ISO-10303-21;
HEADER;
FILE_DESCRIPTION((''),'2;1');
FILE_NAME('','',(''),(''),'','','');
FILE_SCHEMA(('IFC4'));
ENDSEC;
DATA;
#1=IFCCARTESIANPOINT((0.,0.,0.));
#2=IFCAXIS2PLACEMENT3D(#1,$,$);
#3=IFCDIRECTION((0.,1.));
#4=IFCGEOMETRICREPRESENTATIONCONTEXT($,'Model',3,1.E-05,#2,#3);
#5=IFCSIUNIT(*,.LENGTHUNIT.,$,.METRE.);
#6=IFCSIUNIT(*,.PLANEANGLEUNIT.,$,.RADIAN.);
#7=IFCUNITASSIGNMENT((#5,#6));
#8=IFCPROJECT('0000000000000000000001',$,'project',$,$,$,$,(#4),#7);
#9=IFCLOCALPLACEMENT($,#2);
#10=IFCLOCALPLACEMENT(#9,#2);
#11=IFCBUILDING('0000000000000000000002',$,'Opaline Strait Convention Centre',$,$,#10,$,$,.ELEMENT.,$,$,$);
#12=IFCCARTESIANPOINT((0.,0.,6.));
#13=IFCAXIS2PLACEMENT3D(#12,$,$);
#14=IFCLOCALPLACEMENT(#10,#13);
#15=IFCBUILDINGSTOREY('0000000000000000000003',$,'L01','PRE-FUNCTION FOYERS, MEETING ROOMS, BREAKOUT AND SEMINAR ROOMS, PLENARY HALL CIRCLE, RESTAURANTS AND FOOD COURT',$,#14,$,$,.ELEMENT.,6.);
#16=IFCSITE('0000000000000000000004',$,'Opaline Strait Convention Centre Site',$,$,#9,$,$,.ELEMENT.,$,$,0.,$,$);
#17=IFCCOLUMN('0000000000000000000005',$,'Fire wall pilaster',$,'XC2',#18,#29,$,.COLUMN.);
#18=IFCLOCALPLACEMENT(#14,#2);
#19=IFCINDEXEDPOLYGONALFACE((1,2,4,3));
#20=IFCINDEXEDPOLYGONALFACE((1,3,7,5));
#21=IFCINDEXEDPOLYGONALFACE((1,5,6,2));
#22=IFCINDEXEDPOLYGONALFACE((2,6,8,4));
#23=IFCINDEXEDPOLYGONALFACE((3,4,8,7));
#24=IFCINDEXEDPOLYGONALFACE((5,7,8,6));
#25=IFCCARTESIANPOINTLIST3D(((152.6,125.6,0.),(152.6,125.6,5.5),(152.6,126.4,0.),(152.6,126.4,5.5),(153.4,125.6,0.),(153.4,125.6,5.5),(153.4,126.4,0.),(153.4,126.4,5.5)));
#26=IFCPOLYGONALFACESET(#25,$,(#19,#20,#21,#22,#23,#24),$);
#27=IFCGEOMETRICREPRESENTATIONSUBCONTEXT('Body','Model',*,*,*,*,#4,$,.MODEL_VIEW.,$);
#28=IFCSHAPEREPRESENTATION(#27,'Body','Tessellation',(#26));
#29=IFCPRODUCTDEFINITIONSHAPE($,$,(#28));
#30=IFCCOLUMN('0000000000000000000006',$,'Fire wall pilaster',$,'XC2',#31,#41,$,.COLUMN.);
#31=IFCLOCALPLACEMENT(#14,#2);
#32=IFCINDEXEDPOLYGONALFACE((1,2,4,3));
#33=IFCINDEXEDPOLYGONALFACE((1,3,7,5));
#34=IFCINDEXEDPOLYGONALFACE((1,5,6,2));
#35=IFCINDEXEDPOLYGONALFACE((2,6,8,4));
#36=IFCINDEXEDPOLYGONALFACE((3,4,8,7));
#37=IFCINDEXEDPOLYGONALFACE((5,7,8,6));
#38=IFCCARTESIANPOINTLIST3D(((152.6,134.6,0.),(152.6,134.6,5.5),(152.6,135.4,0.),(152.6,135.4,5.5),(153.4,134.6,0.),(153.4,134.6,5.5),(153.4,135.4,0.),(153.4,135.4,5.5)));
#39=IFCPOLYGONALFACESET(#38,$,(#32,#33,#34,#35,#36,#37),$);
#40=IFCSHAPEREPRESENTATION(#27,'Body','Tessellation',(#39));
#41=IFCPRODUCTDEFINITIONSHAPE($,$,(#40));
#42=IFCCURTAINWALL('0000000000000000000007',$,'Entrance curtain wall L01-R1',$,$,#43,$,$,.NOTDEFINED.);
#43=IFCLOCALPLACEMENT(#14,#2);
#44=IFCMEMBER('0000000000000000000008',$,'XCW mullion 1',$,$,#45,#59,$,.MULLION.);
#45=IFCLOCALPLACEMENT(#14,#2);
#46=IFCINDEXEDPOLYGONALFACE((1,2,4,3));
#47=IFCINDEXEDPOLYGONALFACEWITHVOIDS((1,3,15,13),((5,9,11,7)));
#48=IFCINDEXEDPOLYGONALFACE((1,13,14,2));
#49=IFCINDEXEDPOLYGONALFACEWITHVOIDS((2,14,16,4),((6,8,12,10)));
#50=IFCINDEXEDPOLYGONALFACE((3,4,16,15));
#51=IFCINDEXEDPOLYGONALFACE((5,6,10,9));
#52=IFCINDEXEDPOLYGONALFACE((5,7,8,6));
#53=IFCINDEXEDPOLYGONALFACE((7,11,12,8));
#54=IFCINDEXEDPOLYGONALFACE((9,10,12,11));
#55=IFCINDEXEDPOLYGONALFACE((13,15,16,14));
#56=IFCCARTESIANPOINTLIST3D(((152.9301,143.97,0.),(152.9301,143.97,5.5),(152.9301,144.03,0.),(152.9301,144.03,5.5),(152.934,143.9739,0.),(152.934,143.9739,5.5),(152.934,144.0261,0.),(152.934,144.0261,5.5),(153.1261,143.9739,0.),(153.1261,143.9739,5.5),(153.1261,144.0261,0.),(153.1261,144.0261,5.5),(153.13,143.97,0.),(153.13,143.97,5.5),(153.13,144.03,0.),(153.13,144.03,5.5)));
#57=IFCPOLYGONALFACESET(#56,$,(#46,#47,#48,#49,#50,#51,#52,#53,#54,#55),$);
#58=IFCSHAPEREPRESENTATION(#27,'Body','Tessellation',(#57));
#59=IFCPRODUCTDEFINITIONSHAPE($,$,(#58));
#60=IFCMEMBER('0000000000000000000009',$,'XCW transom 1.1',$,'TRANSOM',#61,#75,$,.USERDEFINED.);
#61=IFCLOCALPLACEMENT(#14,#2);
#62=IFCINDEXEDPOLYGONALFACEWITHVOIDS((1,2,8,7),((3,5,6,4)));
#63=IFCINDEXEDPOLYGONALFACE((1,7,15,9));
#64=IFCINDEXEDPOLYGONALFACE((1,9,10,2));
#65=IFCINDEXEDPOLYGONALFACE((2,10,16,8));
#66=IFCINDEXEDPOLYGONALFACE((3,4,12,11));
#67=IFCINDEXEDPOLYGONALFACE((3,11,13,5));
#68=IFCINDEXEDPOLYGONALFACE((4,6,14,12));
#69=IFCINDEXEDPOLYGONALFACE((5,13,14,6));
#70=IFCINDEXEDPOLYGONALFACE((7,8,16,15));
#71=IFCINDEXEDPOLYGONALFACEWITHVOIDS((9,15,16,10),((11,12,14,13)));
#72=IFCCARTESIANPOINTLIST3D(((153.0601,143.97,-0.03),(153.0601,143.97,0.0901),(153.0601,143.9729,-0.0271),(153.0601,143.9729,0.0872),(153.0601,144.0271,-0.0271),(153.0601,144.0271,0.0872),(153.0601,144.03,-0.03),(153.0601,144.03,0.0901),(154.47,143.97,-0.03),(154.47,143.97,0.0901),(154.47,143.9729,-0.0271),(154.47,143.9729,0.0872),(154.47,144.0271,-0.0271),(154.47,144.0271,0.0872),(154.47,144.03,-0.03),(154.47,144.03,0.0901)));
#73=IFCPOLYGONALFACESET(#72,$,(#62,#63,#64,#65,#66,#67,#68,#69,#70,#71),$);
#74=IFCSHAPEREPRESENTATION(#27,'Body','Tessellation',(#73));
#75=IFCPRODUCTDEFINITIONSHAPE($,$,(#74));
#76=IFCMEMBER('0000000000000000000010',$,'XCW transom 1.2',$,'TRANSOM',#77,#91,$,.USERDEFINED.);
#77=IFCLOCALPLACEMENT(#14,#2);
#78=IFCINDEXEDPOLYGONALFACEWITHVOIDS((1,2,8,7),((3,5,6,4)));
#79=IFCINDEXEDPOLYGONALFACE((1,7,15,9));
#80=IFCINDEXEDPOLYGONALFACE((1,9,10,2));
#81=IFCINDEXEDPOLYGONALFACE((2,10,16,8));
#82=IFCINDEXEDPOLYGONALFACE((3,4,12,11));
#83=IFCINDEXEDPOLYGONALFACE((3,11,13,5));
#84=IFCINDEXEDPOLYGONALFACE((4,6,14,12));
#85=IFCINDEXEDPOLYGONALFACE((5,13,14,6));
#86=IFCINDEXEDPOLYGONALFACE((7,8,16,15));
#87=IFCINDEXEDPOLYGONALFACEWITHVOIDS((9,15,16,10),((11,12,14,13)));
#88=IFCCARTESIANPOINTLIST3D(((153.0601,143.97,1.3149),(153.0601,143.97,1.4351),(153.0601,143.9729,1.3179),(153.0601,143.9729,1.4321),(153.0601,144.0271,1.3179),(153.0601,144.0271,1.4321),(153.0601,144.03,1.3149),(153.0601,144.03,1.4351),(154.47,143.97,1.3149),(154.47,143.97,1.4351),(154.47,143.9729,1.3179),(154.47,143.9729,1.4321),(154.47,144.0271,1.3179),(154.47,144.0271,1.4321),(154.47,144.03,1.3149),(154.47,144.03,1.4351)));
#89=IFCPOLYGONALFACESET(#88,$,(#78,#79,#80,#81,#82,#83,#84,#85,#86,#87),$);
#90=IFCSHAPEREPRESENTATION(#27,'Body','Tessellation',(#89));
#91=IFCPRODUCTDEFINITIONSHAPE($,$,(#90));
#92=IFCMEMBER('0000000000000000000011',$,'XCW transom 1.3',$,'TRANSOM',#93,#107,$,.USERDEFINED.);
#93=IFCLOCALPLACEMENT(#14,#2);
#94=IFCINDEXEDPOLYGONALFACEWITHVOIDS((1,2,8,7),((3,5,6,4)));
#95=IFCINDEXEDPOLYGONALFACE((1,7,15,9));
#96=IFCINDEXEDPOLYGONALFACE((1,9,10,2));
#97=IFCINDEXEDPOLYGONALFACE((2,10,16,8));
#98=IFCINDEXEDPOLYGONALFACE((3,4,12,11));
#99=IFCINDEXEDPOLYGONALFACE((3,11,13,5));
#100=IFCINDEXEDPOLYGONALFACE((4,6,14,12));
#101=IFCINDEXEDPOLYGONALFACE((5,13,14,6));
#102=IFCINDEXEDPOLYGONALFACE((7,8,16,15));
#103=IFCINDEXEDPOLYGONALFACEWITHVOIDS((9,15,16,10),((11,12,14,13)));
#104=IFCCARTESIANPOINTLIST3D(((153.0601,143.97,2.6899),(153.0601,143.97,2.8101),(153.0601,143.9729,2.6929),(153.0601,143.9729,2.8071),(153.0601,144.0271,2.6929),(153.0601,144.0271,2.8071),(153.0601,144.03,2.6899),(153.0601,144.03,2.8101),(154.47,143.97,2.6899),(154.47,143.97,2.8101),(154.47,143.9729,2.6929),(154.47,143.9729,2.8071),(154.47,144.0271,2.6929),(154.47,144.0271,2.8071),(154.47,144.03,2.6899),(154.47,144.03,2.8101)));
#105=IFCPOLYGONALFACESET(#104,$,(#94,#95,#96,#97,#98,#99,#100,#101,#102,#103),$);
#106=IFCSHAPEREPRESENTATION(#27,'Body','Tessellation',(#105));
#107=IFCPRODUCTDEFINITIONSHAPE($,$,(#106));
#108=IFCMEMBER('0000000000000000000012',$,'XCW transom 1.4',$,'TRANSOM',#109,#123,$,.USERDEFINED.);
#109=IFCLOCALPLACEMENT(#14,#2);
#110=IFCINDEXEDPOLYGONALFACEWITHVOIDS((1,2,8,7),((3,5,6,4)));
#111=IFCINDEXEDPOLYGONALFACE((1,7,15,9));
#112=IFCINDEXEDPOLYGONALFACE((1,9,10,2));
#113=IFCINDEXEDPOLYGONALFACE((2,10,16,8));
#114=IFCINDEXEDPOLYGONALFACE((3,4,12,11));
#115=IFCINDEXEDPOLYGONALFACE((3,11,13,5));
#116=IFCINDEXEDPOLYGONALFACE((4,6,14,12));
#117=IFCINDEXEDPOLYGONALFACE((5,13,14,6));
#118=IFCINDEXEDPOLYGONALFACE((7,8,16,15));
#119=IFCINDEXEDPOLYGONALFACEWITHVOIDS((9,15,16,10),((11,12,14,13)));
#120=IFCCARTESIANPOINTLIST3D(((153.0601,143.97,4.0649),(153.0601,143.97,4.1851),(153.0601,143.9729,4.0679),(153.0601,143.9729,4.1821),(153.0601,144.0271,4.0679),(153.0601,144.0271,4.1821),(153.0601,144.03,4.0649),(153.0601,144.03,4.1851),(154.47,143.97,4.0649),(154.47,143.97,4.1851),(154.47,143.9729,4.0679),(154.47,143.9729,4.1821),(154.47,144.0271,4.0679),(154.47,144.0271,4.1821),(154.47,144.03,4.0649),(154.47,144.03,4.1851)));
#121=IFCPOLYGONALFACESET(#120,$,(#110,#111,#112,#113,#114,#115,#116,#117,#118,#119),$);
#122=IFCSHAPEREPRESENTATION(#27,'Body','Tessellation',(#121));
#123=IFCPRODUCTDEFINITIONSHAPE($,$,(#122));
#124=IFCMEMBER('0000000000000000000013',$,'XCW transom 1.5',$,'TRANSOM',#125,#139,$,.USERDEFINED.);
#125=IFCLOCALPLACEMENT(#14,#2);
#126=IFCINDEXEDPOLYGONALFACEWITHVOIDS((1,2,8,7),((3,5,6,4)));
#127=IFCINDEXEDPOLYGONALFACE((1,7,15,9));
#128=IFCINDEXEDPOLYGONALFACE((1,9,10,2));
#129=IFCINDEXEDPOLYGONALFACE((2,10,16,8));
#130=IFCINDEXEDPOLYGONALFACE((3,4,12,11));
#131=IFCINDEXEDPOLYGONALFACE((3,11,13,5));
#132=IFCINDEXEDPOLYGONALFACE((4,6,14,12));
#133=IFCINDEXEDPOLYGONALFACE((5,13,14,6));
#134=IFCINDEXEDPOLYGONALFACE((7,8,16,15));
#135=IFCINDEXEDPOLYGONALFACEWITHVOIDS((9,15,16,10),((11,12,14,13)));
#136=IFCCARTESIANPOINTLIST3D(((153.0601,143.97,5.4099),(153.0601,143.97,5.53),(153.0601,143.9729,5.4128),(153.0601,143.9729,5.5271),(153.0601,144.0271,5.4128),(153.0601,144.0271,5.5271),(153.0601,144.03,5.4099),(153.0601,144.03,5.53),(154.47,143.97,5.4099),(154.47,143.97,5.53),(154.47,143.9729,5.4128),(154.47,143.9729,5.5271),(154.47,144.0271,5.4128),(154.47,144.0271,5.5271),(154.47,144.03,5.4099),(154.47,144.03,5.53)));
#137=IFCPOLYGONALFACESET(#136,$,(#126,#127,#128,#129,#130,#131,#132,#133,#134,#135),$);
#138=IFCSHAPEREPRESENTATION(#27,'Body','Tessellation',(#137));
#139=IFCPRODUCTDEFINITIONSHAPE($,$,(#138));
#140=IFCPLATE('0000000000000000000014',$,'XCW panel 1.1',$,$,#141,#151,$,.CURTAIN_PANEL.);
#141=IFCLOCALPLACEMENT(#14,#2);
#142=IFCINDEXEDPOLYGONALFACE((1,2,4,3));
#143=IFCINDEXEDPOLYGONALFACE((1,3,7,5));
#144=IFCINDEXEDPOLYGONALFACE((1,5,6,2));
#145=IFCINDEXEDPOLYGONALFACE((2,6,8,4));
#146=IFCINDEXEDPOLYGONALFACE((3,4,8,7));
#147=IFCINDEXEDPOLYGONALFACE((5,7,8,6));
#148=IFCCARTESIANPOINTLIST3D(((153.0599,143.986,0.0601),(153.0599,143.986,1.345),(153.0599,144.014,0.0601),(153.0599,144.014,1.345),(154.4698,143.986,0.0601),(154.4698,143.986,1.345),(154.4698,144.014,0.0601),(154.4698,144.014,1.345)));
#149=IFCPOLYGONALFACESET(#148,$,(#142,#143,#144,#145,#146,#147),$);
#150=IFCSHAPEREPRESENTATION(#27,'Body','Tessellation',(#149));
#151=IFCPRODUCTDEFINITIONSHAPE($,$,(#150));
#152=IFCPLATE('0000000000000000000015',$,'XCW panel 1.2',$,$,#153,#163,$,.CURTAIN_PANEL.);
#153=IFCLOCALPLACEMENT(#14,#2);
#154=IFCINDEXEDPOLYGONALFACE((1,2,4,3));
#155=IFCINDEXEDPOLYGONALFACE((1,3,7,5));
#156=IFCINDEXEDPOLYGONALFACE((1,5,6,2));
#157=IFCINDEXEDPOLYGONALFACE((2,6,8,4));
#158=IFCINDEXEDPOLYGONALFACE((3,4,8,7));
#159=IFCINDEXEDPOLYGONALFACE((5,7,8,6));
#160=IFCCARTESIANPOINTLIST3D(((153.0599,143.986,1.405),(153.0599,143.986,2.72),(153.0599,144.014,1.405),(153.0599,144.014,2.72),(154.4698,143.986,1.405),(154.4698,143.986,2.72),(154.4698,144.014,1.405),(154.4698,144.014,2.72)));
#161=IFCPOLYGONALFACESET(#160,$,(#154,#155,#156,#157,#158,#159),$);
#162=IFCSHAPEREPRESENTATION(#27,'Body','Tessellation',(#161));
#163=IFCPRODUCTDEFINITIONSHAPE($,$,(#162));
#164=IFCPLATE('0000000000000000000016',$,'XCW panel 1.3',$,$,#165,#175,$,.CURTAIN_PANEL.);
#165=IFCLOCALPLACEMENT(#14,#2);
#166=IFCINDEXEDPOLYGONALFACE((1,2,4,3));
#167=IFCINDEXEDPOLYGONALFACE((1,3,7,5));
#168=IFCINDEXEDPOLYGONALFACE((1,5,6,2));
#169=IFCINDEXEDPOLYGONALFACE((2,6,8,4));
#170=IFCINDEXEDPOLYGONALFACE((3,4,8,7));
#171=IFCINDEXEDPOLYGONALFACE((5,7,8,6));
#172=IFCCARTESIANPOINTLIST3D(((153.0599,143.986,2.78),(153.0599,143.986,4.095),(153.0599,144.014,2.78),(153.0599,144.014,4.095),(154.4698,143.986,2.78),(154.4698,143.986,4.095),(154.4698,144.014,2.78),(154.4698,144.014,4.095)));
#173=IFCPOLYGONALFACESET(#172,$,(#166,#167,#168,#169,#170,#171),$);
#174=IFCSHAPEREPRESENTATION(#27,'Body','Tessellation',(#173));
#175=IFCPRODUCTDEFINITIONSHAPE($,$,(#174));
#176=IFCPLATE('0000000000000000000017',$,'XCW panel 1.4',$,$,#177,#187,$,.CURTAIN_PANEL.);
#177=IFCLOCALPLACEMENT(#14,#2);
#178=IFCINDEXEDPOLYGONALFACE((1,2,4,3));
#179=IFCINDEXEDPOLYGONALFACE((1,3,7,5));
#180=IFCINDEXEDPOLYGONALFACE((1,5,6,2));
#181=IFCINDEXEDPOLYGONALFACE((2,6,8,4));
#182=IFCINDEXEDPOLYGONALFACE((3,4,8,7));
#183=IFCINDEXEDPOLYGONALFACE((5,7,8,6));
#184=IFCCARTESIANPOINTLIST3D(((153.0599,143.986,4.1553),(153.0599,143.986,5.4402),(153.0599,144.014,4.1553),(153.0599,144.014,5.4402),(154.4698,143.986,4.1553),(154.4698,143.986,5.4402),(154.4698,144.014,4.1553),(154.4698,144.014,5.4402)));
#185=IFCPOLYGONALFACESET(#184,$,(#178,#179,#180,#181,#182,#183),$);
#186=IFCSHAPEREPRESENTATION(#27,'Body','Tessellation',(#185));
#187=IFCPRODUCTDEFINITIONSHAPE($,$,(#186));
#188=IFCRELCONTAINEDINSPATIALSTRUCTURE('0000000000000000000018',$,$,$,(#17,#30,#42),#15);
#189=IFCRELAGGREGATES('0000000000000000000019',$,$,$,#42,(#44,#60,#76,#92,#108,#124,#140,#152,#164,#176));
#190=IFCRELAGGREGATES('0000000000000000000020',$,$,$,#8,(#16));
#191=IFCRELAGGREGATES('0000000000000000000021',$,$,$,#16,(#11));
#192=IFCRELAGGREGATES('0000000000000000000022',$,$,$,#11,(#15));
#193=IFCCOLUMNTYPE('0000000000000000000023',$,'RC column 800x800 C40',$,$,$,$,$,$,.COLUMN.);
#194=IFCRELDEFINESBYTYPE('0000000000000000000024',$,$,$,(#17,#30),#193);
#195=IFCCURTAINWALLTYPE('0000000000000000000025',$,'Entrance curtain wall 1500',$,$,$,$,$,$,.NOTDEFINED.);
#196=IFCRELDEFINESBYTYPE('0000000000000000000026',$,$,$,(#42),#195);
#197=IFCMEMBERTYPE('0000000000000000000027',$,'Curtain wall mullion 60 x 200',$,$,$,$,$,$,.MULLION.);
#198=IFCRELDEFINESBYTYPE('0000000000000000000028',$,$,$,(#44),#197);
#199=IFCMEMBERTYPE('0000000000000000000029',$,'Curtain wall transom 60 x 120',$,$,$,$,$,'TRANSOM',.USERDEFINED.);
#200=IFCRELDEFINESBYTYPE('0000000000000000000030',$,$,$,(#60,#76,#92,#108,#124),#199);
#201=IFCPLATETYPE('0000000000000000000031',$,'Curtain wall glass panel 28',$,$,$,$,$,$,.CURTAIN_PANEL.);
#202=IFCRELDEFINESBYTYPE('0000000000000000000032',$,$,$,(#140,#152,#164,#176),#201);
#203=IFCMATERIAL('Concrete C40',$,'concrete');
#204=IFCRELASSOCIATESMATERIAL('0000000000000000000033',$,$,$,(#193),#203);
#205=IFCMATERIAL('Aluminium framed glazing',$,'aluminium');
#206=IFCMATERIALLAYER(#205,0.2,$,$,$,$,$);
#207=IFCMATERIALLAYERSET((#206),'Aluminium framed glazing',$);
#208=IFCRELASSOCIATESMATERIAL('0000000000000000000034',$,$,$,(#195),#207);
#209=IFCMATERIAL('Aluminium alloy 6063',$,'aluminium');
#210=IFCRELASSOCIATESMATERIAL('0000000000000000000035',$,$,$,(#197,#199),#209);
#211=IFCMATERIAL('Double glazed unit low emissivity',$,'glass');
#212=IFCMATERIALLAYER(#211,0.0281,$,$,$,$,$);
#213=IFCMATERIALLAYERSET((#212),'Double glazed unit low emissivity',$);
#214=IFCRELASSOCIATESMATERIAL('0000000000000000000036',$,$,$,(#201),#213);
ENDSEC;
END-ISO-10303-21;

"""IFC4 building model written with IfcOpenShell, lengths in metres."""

from ifc_helpers import new_model, si_unit, direction, frame, origin, origin_2d, place, context, subcontext, project, spatial, rectangle, hollow_rectangle, extrude, material, layer, layer_set, material_profile, profile_set, type_object, element, aggregate, save


model = new_model("IFC4")

# Units and contexts
model_context = context("Model", 3, precision=1e-05, world=origin(), true_north=direction((0.0, 1.0)))
body_context = subcontext(model_context, "Body", "Model", "MODEL_VIEW")
ifc_project = project(units=[si_unit("LENGTHUNIT", "METRE"), si_unit("PLANEANGLEUNIT", "RADIAN")], contexts=[model_context])

# Site, building, storey
site_placement = place(None, origin())
site = spatial("IfcSite", under=ifc_project, at=site_placement, Name="Opaline Strait Convention Centre Site", CompositionType="ELEMENT", RefElevation=0.0)
building_placement = place(site_placement, origin())
building = spatial("IfcBuilding", under=site, at=building_placement, Name="Opaline Strait Convention Centre", CompositionType="ELEMENT")
storey_placement = place(building_placement, frame((0.0, 0.0, 6.0)))
storey = spatial("IfcBuildingStorey", under=building, at=storey_placement, Name="L01", Description="PRE-FUNCTION FOYERS, MEETING ROOMS, BREAKOUT AND SEMINAR ROOMS, PLENARY HALL CIRCLE, RESTAURANTS AND FOOD COURT", CompositionType="ELEMENT", Elevation=6.0)

# Columns
ifc_material_1 = material(Name="Concrete C40", Category="concrete")
ifc_material_profile_1 = material_profile(ifc_material_1, rectangle(XDim=0.8, YDim=0.8, at=origin_2d()), Name="RC 800x800")
ifc_profile_set_1 = profile_set([ifc_material_profile_1], Name="Concrete C40")
column_type = type_object("IfcColumnType", Name="RC column 800x800 C40", PredefinedType="COLUMN", material=ifc_profile_set_1)
for number, where, z_axis, x_axis, name in (
    (1, (153.0, 126.0, 0.0), (0.0, 0.0, 1.0), (1.0, 0.0, 0.0), "Fire wall pilaster"),
    (2, (153.0, 135.0, 0.0), (0.0, 0.0, 1.0), (1.0, 0.0, 0.0), "Fire wall pilaster"),
):
    element("IfcColumn", number, at=place(storey_placement, frame(where, z_axis=z_axis, x_axis=x_axis)), inside=storey, type_object=column_type, Name=name, ObjectType="XC2", PredefinedType="COLUMN", context=body_context, shape_type="SweptSolid", body=[
        extrude(rectangle(XDim=0.8, YDim=0.8, at=origin_2d()), origin(), (0.0, 0.0, 1.0), 5.5),
    ])

# Curtain wall, members, plates
ifc_material_2 = material(Name="Aluminium framed glazing", Category="aluminium")
ifc_layer_1 = layer(ifc_material_2, 0.2)
ifc_layer_set_1 = layer_set([ifc_layer_1], Name="Aluminium framed glazing")
curtain_wall_type = type_object("IfcCurtainWallType", Name="Entrance curtain wall 1500", PredefinedType="NOTDEFINED", material=ifc_layer_set_1)
curtain_wall_placement = place(storey_placement, origin())
curtain_wall = element("IfcCurtainWall", 3, at=curtain_wall_placement, inside=storey, type_object=curtain_wall_type, Name="Entrance curtain wall L01-R1", PredefinedType="NOTDEFINED")
ifc_material_3 = material(Name="Aluminium alloy 6063", Category="aluminium")
ifc_material_profile_2 = material_profile(ifc_material_3, hollow_rectangle(XDim=0.0601, YDim=0.2, WallThickness=0.0039, at=origin_2d()), Name="MULLION 60x200x4")
ifc_profile_set_2 = profile_set([ifc_material_profile_2], Name="Aluminium alloy 6063")
member_type_1 = type_object("IfcMemberType", Name="Curtain wall mullion 60 x 200", PredefinedType="MULLION", material=ifc_profile_set_2)
member_1_placement = place(storey_placement, frame((153.03, 144.0, 0.0), z_axis=(0.0, 0.0, 1.0), x_axis=(0.0, 1.0, 0.0)))
member_1 = element("IfcMember", 4, at=member_1_placement, type_object=member_type_1, Name="XCW mullion 1", PredefinedType="MULLION", context=body_context, shape_type="SweptSolid", body=[
    extrude(hollow_rectangle(XDim=0.0601, YDim=0.2, WallThickness=0.0039, at=origin_2d()), origin(), (0.0, 0.0, 1.0), 5.5),
])
ifc_material_profile_3 = material_profile(ifc_material_3, hollow_rectangle(XDim=0.0601, YDim=0.1201, WallThickness=0.0029, at=origin_2d()), Name="TRANSOM 60x120x3")
ifc_profile_set_3 = profile_set([ifc_material_profile_3], Name="Aluminium alloy 6063")
member_type_2 = type_object("IfcMemberType", Name="Curtain wall transom 60 x 120", ElementType="TRANSOM", PredefinedType="USERDEFINED", material=ifc_profile_set_3)
member_2_placement = place(storey_placement, frame((153.0601, 144.0, 0.03), z_axis=(1.0, 0.0, 0.0), x_axis=(0.0, 1.0, 0.0)))
member_2 = element("IfcMember", 5, at=member_2_placement, type_object=member_type_2, Name="XCW transom 1.1", ObjectType="TRANSOM", PredefinedType="USERDEFINED", context=body_context, shape_type="SweptSolid", body=[
    extrude(hollow_rectangle(XDim=0.0601, YDim=0.1201, WallThickness=0.0029, at=origin_2d()), origin(), (0.0, 0.0, 1.0), 1.4099),
])
member_3_placement = place(storey_placement, frame((153.0601, 144.0, 1.375), z_axis=(1.0, 0.0, 0.0), x_axis=(0.0, 1.0, 0.0)))
member_3 = element("IfcMember", 6, at=member_3_placement, type_object=member_type_2, Name="XCW transom 1.2", ObjectType="TRANSOM", PredefinedType="USERDEFINED", context=body_context, shape_type="SweptSolid", body=[
    extrude(hollow_rectangle(XDim=0.0601, YDim=0.1201, WallThickness=0.0029, at=origin_2d()), origin(), (0.0, 0.0, 1.0), 1.4099),
])
member_4_placement = place(storey_placement, frame((153.0601, 144.0, 2.75), z_axis=(1.0, 0.0, 0.0), x_axis=(0.0, 1.0, 0.0)))
member_4 = element("IfcMember", 7, at=member_4_placement, type_object=member_type_2, Name="XCW transom 1.3", ObjectType="TRANSOM", PredefinedType="USERDEFINED", context=body_context, shape_type="SweptSolid", body=[
    extrude(hollow_rectangle(XDim=0.0601, YDim=0.1201, WallThickness=0.0029, at=origin_2d()), origin(), (0.0, 0.0, 1.0), 1.4099),
])
member_5_placement = place(storey_placement, frame((153.0601, 144.0, 4.125), z_axis=(1.0, 0.0, 0.0), x_axis=(0.0, 1.0, 0.0)))
member_5 = element("IfcMember", 8, at=member_5_placement, type_object=member_type_2, Name="XCW transom 1.4", ObjectType="TRANSOM", PredefinedType="USERDEFINED", context=body_context, shape_type="SweptSolid", body=[
    extrude(hollow_rectangle(XDim=0.0601, YDim=0.1201, WallThickness=0.0029, at=origin_2d()), origin(), (0.0, 0.0, 1.0), 1.4099),
])
member_6_placement = place(storey_placement, frame((153.0601, 144.0, 5.47), z_axis=(1.0, 0.0, 0.0), x_axis=(0.0, 1.0, 0.0)))
member_6 = element("IfcMember", 9, at=member_6_placement, type_object=member_type_2, Name="XCW transom 1.5", ObjectType="TRANSOM", PredefinedType="USERDEFINED", context=body_context, shape_type="SweptSolid", body=[
    extrude(hollow_rectangle(XDim=0.0601, YDim=0.1201, WallThickness=0.0029, at=origin_2d()), origin(), (0.0, 0.0, 1.0), 1.4099),
])
ifc_material_4 = material(Name="Double glazed unit low emissivity", Category="glass")
ifc_layer_2 = layer(ifc_material_4, 0.0281)
ifc_layer_set_2 = layer_set([ifc_layer_2], Name="Double glazed unit low emissivity")
plate_type = type_object("IfcPlateType", Name="Curtain wall glass panel 28", PredefinedType="CURTAIN_PANEL", material=ifc_layer_set_2)
plate_1_placement = place(storey_placement, frame((153.7649, 144.0, 0.0601), z_axis=(0.0, 0.0, 1.0), x_axis=(1.0, 0.0, 0.0)))
plate_1 = element("IfcPlate", 10, at=plate_1_placement, type_object=plate_type, Name="XCW panel 1.1", PredefinedType="CURTAIN_PANEL", context=body_context, shape_type="SweptSolid", body=[
    extrude(rectangle(XDim=1.4099, YDim=0.0281, at=origin_2d()), origin(), (0.0, 0.0, 1.0), 1.2849),
])
plate_2_placement = place(storey_placement, frame((153.7649, 144.0, 1.405), z_axis=(0.0, 0.0, 1.0), x_axis=(1.0, 0.0, 0.0)))
plate_2 = element("IfcPlate", 11, at=plate_2_placement, type_object=plate_type, Name="XCW panel 1.2", PredefinedType="CURTAIN_PANEL", context=body_context, shape_type="SweptSolid", body=[
    extrude(rectangle(XDim=1.4099, YDim=0.0281, at=origin_2d()), origin(), (0.0, 0.0, 1.0), 1.3149),
])
plate_3_placement = place(storey_placement, frame((153.7649, 144.0, 2.78), z_axis=(0.0, 0.0, 1.0), x_axis=(1.0, 0.0, 0.0)))
plate_3 = element("IfcPlate", 12, at=plate_3_placement, type_object=plate_type, Name="XCW panel 1.3", PredefinedType="CURTAIN_PANEL", context=body_context, shape_type="SweptSolid", body=[
    extrude(rectangle(XDim=1.4099, YDim=0.0281, at=origin_2d()), origin(), (0.0, 0.0, 1.0), 1.3149),
])
plate_4_placement = place(storey_placement, frame((153.7649, 144.0, 4.1553), z_axis=(0.0, 0.0, 1.0), x_axis=(1.0, 0.0, 0.0)))
plate_4 = element("IfcPlate", 13, at=plate_4_placement, type_object=plate_type, Name="XCW panel 1.4", PredefinedType="CURTAIN_PANEL", context=body_context, shape_type="SweptSolid", body=[
    extrude(rectangle(XDim=1.4099, YDim=0.0281, at=origin_2d()), origin(), (0.0, 0.0, 1.0), 1.2849),
])
aggregate(curtain_wall, [member_1, member_2, member_3, member_4, member_5, member_6, plate_1, plate_2, plate_3, plate_4])

save(model, "model.ifc")
